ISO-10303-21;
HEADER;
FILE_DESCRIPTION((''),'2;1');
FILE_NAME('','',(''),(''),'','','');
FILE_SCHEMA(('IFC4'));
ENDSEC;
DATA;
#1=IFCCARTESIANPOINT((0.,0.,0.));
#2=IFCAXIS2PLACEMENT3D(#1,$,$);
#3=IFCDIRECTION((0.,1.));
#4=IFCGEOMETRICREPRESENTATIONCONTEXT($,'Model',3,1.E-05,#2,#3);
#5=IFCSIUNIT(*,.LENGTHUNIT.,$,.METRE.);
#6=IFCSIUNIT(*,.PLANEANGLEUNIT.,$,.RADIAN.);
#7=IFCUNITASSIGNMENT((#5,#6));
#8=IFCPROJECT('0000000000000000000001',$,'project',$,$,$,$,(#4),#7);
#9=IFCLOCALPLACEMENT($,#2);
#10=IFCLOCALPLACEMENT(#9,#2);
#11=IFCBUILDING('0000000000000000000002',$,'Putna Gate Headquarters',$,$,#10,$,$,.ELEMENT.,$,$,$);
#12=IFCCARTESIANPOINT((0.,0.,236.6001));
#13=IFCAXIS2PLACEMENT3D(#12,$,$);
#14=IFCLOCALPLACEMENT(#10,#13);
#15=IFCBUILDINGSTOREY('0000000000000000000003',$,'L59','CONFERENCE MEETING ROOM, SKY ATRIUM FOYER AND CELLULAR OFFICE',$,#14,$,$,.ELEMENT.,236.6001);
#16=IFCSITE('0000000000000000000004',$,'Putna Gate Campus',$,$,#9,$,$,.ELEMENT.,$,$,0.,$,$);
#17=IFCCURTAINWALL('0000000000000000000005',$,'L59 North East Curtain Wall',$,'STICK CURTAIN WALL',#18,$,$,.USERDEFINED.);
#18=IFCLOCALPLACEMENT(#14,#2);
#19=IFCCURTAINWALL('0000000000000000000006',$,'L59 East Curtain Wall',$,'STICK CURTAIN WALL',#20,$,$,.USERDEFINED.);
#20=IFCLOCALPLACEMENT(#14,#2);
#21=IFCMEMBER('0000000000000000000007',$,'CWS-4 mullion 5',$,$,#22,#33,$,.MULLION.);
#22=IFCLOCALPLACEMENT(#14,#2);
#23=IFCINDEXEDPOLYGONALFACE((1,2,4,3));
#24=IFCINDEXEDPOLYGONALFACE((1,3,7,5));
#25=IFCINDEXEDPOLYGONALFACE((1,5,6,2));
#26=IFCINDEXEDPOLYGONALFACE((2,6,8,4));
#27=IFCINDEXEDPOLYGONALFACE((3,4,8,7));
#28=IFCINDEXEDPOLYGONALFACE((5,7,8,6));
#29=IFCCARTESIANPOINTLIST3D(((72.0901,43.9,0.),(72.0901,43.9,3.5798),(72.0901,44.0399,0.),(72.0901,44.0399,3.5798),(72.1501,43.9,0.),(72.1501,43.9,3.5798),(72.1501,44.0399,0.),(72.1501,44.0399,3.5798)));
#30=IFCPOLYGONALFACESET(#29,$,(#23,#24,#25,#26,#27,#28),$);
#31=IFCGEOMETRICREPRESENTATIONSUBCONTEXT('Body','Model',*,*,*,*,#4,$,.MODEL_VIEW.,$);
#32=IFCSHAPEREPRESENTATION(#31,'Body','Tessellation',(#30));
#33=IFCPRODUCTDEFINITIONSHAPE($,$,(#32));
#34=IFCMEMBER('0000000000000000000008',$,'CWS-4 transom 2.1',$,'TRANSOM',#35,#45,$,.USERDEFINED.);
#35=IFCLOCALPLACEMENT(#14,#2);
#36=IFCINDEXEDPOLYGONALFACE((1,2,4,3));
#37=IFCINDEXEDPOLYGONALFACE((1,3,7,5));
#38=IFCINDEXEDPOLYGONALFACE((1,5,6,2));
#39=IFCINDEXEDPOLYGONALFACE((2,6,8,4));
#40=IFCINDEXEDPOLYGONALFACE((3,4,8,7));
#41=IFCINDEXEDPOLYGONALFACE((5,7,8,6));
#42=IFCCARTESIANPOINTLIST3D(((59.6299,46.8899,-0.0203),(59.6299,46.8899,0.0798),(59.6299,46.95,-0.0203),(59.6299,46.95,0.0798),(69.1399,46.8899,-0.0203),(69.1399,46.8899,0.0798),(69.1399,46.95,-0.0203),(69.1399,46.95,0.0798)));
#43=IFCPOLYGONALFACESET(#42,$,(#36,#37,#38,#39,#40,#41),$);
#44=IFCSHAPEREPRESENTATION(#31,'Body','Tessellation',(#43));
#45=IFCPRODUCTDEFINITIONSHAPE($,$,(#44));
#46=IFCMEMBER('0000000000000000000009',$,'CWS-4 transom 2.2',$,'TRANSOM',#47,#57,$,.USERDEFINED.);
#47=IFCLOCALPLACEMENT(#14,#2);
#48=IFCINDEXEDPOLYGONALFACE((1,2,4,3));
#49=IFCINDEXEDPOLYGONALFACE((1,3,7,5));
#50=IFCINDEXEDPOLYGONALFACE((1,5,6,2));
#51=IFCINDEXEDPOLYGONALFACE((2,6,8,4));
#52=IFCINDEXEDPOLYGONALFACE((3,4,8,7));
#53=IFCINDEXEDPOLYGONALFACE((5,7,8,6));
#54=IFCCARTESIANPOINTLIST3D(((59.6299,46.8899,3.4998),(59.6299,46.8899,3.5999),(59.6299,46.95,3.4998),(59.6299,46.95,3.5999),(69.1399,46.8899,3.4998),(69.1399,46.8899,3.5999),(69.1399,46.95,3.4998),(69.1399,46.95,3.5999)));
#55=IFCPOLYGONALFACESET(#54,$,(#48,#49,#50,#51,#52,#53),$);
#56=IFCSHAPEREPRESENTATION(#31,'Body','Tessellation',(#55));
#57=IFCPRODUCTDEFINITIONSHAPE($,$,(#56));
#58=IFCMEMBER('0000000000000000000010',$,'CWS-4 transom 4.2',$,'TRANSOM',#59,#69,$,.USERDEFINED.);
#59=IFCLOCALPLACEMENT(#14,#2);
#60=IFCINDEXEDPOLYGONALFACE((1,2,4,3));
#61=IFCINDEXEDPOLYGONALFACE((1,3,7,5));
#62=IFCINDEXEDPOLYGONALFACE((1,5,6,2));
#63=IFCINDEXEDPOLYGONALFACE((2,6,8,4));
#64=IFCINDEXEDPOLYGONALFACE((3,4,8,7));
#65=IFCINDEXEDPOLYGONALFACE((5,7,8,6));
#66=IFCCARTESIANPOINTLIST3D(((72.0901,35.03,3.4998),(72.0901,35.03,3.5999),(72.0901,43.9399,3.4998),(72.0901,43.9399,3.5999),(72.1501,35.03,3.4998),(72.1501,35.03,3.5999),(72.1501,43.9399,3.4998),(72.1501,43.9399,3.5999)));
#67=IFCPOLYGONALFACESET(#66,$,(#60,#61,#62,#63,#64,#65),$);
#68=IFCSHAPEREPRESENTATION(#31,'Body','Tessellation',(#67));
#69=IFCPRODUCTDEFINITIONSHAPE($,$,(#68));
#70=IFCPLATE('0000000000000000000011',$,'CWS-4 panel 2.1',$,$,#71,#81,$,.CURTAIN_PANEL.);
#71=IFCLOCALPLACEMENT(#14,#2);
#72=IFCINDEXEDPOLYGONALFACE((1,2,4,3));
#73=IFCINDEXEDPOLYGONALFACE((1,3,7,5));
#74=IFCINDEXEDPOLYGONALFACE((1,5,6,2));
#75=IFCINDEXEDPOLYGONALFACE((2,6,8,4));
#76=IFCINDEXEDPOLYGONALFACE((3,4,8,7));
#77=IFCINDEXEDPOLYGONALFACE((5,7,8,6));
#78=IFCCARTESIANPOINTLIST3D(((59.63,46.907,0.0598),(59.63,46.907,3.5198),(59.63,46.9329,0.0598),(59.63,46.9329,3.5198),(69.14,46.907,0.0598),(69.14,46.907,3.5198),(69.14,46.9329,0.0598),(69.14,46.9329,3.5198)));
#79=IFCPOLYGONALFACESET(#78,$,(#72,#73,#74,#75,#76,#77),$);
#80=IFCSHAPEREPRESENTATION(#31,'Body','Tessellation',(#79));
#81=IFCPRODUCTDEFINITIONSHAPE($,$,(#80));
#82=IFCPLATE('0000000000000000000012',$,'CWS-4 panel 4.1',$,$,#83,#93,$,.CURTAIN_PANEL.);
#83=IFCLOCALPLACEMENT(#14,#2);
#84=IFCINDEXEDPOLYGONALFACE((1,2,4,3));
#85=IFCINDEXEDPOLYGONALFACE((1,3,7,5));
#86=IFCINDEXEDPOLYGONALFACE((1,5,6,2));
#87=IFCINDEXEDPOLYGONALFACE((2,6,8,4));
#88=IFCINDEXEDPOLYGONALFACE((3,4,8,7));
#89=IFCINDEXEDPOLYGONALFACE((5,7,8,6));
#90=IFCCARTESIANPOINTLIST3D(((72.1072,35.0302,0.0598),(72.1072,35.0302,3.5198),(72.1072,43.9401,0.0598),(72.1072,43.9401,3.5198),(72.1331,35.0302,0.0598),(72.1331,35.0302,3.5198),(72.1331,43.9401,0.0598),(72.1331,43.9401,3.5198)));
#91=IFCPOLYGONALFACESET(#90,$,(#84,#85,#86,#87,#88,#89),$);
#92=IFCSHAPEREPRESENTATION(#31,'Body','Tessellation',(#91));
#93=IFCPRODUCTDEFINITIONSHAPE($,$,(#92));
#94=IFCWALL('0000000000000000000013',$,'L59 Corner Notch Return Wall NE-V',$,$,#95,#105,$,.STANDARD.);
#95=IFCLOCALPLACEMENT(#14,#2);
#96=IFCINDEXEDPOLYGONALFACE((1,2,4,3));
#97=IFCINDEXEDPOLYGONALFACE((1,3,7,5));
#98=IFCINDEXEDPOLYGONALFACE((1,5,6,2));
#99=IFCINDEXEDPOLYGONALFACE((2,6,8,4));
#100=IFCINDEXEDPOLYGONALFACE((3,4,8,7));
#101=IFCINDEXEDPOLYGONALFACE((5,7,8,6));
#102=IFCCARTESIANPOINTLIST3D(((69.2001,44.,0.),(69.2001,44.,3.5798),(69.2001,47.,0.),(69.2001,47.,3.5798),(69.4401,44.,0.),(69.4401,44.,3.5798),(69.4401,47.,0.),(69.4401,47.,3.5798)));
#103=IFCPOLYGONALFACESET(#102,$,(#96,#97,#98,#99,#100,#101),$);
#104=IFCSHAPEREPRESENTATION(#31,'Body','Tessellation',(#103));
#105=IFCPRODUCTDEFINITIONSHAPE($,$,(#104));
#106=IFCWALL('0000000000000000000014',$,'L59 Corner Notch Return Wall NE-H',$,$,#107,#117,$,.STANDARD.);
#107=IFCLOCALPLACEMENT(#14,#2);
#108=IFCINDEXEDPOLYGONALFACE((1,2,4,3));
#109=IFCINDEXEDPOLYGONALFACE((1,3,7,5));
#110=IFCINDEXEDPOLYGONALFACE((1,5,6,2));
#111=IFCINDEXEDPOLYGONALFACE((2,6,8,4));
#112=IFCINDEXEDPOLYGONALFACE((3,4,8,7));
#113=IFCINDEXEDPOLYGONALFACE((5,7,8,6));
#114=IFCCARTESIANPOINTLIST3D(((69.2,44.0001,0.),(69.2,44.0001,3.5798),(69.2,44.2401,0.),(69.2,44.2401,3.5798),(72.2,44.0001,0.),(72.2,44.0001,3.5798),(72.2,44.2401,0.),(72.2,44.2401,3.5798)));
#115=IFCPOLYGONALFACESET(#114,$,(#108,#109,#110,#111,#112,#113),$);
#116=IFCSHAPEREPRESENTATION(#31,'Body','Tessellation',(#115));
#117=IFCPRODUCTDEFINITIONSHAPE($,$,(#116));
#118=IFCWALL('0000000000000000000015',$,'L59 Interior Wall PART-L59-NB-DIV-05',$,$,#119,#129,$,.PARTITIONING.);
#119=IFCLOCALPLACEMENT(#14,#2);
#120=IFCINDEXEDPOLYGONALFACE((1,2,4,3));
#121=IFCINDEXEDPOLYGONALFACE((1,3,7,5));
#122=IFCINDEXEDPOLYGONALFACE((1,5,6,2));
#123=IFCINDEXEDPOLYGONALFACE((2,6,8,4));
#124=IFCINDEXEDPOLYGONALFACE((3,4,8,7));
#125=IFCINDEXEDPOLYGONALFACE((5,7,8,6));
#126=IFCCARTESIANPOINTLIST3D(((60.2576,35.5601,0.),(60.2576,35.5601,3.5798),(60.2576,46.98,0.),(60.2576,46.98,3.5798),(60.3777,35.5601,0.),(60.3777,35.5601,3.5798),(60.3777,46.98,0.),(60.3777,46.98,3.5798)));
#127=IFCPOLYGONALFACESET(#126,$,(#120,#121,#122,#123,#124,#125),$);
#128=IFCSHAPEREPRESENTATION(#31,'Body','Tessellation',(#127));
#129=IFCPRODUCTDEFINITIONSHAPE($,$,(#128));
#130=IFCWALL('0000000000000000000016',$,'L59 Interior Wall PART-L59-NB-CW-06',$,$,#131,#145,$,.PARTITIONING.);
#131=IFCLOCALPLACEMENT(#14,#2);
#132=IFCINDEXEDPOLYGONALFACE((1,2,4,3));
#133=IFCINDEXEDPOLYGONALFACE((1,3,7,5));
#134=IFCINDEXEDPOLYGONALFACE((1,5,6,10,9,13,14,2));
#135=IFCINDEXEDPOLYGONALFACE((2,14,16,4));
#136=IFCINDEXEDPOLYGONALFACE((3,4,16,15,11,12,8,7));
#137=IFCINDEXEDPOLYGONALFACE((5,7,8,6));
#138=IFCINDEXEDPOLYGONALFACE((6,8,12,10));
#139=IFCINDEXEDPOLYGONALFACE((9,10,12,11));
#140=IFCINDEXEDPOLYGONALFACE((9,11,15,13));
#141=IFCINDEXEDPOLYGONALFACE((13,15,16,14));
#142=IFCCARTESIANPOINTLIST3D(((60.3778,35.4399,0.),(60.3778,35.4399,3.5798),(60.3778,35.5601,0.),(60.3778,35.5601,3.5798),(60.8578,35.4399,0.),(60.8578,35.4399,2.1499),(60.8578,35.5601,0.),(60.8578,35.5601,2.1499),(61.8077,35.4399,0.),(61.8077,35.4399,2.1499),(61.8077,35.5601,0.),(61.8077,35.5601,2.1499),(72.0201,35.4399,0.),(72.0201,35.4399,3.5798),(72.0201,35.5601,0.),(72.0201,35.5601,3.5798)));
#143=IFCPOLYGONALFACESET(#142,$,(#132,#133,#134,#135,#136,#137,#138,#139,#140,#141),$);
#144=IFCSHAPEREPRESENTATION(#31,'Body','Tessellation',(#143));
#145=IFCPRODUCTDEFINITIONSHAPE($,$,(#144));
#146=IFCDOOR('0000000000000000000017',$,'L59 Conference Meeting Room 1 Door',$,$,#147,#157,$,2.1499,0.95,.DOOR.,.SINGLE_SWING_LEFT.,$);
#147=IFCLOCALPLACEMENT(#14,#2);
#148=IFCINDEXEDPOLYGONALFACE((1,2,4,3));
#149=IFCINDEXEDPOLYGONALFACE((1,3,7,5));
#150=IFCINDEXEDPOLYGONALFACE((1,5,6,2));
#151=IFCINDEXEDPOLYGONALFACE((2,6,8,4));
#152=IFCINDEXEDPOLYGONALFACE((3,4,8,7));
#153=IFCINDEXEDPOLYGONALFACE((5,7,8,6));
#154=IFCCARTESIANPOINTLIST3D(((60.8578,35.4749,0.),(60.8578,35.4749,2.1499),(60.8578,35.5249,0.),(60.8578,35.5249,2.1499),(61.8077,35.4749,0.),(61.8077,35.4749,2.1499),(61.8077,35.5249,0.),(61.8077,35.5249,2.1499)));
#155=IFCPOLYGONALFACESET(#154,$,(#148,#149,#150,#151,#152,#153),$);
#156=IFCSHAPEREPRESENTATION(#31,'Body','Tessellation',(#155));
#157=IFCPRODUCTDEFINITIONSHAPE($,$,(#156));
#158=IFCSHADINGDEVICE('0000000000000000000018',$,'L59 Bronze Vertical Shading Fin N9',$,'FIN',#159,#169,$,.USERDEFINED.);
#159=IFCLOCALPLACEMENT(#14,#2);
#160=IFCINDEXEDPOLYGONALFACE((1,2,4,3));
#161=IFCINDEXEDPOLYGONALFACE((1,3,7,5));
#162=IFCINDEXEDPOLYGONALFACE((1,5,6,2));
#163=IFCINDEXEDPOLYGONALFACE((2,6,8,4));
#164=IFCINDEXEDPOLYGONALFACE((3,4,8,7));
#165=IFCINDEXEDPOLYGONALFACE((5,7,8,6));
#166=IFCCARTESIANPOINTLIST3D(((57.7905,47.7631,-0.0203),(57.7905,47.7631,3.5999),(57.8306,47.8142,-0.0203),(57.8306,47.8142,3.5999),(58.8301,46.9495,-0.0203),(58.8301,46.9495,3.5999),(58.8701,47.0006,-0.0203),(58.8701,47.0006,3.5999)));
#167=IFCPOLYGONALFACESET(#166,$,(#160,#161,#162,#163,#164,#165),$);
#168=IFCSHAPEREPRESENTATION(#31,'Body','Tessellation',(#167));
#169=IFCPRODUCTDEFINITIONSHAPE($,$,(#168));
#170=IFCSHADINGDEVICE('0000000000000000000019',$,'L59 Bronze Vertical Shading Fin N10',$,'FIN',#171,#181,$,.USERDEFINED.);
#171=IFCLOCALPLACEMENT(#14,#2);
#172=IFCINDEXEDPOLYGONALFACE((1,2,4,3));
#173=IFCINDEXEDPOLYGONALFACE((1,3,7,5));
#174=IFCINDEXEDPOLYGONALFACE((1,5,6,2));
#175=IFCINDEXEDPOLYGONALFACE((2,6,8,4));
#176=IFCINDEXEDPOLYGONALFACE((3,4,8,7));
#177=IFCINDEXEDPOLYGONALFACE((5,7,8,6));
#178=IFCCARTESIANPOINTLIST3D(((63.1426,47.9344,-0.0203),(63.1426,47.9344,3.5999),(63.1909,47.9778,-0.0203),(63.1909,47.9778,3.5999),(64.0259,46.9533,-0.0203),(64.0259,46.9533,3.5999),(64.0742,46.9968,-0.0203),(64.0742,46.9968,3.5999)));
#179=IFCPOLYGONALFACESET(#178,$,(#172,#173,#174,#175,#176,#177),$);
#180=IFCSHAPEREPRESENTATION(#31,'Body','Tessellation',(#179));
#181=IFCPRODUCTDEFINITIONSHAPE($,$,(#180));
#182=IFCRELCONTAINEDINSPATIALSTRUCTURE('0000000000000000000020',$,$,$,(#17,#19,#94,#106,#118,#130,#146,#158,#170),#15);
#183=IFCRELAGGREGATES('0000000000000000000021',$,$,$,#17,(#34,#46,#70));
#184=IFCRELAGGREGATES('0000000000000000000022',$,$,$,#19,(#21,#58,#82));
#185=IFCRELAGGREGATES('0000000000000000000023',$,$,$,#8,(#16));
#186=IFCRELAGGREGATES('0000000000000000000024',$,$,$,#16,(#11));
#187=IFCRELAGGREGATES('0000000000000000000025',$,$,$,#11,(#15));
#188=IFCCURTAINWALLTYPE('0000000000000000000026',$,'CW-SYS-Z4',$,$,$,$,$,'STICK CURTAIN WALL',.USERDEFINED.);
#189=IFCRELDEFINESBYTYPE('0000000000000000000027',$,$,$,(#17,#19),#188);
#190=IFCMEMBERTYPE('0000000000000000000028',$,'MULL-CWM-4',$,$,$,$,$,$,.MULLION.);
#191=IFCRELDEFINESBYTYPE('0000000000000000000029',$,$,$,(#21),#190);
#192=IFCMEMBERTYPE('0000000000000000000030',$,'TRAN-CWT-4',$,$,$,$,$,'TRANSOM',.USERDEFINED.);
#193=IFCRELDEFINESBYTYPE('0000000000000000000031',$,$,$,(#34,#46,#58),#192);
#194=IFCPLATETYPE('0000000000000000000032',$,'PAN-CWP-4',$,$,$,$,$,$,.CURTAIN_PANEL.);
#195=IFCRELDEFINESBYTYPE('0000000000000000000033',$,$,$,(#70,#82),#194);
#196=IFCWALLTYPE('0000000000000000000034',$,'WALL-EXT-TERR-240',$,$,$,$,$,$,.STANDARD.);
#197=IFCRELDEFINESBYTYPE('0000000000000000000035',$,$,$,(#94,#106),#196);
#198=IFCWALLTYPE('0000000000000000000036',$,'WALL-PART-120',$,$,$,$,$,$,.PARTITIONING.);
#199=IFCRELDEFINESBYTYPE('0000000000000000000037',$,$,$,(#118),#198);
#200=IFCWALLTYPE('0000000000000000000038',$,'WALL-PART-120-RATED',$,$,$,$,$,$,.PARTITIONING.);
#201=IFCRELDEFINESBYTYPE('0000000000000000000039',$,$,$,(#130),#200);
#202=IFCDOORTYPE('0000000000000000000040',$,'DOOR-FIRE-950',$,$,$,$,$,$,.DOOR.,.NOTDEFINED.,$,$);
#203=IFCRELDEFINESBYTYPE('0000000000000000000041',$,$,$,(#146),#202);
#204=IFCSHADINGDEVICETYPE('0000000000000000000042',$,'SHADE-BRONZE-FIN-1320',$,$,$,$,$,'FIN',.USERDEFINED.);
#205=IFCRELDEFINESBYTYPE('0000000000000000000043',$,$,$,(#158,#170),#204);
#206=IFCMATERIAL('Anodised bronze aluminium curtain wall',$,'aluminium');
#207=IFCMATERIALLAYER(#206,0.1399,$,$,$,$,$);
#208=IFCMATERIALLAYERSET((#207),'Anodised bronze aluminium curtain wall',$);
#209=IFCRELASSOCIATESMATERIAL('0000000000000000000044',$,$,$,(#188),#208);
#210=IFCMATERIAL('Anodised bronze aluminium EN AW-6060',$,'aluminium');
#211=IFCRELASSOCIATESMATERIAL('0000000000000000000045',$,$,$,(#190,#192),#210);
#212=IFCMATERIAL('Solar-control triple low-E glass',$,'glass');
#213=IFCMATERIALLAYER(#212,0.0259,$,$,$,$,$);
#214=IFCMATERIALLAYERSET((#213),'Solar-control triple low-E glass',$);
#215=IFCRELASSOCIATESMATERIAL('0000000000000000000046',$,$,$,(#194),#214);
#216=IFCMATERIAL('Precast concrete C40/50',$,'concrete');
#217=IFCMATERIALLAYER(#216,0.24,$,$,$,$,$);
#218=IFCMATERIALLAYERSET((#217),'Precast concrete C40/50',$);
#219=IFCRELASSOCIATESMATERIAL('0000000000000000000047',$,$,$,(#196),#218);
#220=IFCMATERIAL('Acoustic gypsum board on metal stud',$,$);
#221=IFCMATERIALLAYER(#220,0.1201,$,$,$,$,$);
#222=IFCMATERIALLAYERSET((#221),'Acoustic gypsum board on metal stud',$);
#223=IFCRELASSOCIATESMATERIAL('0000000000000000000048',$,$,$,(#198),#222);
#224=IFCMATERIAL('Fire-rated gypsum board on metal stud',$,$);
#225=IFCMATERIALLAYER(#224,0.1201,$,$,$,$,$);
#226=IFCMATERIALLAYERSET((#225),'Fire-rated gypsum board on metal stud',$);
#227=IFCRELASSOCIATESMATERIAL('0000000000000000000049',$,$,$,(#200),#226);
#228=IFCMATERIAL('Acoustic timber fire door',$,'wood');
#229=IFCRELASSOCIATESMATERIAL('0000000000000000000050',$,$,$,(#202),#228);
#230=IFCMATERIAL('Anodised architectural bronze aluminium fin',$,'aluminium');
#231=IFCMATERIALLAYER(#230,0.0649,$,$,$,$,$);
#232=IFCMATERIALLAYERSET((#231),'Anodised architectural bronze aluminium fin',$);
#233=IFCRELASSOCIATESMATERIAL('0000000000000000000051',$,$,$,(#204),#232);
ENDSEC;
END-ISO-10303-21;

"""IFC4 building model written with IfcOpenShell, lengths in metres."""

from ifc_helpers import new_model, si_unit, direction, frame, frame_2d, origin, origin_2d, place, context, subcontext, project, spatial, rectangle, extrude, material, layer, layer_set, material_profile, profile_set, type_object, element, fill, aggregate, save


model = new_model("IFC4")

# Units and contexts
model_context = context("Model", 3, precision=1e-05, world=origin(), true_north=direction((0.0, 1.0)))
body_context = subcontext(model_context, "Body", "Model", "MODEL_VIEW")
ifc_project = project(units=[si_unit("LENGTHUNIT", "METRE"), si_unit("PLANEANGLEUNIT", "RADIAN")], contexts=[model_context])

# Site, building, storey
site_placement = place(None, origin())
site = spatial("IfcSite", under=ifc_project, at=site_placement, Name="Putna Gate Campus", CompositionType="ELEMENT", RefElevation=0.0)
building_placement = place(site_placement, origin())
building = spatial("IfcBuilding", under=site, at=building_placement, Name="Putna Gate Headquarters", CompositionType="ELEMENT")
storey_placement = place(building_placement, frame((0.0, 0.0, 236.6001)))
storey = spatial("IfcBuildingStorey", under=building, at=storey_placement, Name="L59", Description="CONFERENCE MEETING ROOM, SKY ATRIUM FOYER AND CELLULAR OFFICE", CompositionType="ELEMENT", Elevation=236.6001)

# Curtain wall
ifc_material_1 = material(Name="Anodised bronze aluminium curtain wall", Category="aluminium")
ifc_layer_1 = layer(ifc_material_1, 0.1399)
ifc_layer_set_1 = layer_set([ifc_layer_1], Name="Anodised bronze aluminium curtain wall")
curtain_wall_type = type_object("IfcCurtainWallType", Name="CW-SYS-Z4", ElementType="STICK CURTAIN WALL", PredefinedType="USERDEFINED", material=ifc_layer_set_1)
curtain_wall_1_placement = place(storey_placement, origin())
curtain_wall_1 = element("IfcCurtainWall", 1, at=curtain_wall_1_placement, inside=storey, type_object=curtain_wall_type, Name="L59 North East Curtain Wall", ObjectType="STICK CURTAIN WALL", PredefinedType="USERDEFINED")
ifc_material_2 = material(Name="Anodised bronze aluminium EN AW-6060", Category="aluminium")
ifc_material_profile_1 = material_profile(ifc_material_2, rectangle(XDim=0.0601, YDim=0.1399, at=origin_2d()), Name="Anodised bronze aluminium EN AW-6060")
ifc_profile_set_1 = profile_set([ifc_material_profile_1], Name="Anodised bronze aluminium EN AW-6060")
member_type_1 = type_object("IfcMemberType", Name="MULL-CWM-4", PredefinedType="MULLION", material=ifc_profile_set_1)

# Curtain wall, member
curtain_wall_2_placement = place(storey_placement, origin())
curtain_wall_2 = element("IfcCurtainWall", 2, at=curtain_wall_2_placement, inside=storey, type_object=curtain_wall_type, Name="L59 East Curtain Wall", ObjectType="STICK CURTAIN WALL", PredefinedType="USERDEFINED")
member_1_placement = place(storey_placement, frame((72.1201, 43.97, 0.0), z_axis=(0.0, 0.0, 1.0), x_axis=(-1.0, 0.0, 0.0)))
member_1 = element("IfcMember", 3, at=member_1_placement, type_object=member_type_1, Name="CWS-4 mullion 5", PredefinedType="MULLION", context=body_context, shape_type="SweptSolid", body=[
    extrude(rectangle(XDim=0.0601, YDim=0.1399, at=origin_2d()), origin(), (0.0, 0.0, 1.0), 3.5798),
])

# Members
ifc_material_profile_2 = material_profile(ifc_material_2, rectangle(XDim=0.0601, YDim=0.1001, at=origin_2d()), Name="Anodised bronze aluminium EN AW-6060")
ifc_profile_set_2 = profile_set([ifc_material_profile_2], Name="Anodised bronze aluminium EN AW-6060")
member_type_2 = type_object("IfcMemberType", Name="TRAN-CWT-4", ElementType="TRANSOM", PredefinedType="USERDEFINED", material=ifc_profile_set_2)
member_2_placement = place(storey_placement, frame((59.6299, 46.9199, 0.0298), z_axis=(1.0, 0.0, 0.0), x_axis=(0.0, 1.0, 0.0)))
member_2 = element("IfcMember", 4, at=member_2_placement, type_object=member_type_2, Name="CWS-4 transom 2.1", ObjectType="TRANSOM", PredefinedType="USERDEFINED", context=body_context, shape_type="SweptSolid", body=[
    extrude(rectangle(XDim=0.0601, YDim=0.1001, at=origin_2d()), origin(), (0.0, 0.0, 1.0), 9.51),
])
member_3_placement = place(storey_placement, frame((59.6299, 46.9199, 3.5498), z_axis=(1.0, 0.0, 0.0), x_axis=(0.0, 1.0, 0.0)))
member_3 = element("IfcMember", 5, at=member_3_placement, type_object=member_type_2, Name="CWS-4 transom 2.2", ObjectType="TRANSOM", PredefinedType="USERDEFINED", context=body_context, shape_type="SweptSolid", body=[
    extrude(rectangle(XDim=0.0601, YDim=0.1001, at=origin_2d()), origin(), (0.0, 0.0, 1.0), 9.51),
])
member_4_placement = place(storey_placement, frame((72.1201, 35.03, 3.5498), z_axis=(0.0, 1.0, 0.0), x_axis=(-1.0, 0.0, 0.0)))
member_4 = element("IfcMember", 6, at=member_4_placement, type_object=member_type_2, Name="CWS-4 transom 4.2", ObjectType="TRANSOM", PredefinedType="USERDEFINED", context=body_context, shape_type="SweptSolid", body=[
    extrude(rectangle(XDim=0.0601, YDim=0.1001, at=origin_2d()), origin(), (0.0, 0.0, 1.0), 8.9099),
])

# Plates
ifc_material_3 = material(Name="Solar-control triple low-E glass", Category="glass")
ifc_layer_2 = layer(ifc_material_3, 0.0259)
ifc_layer_set_2 = layer_set([ifc_layer_2], Name="Solar-control triple low-E glass")
plate_type = type_object("IfcPlateType", Name="PAN-CWP-4", PredefinedType="CURTAIN_PANEL", material=ifc_layer_set_2)
plate_1_placement = place(storey_placement, frame((64.385, 46.9199, 0.0598), z_axis=(0.0, 0.0, 1.0), x_axis=(1.0, 0.0, 0.0)))
plate_1 = element("IfcPlate", 7, at=plate_1_placement, type_object=plate_type, Name="CWS-4 panel 2.1", PredefinedType="CURTAIN_PANEL", context=body_context, shape_type="SweptSolid", body=[
    extrude(rectangle(XDim=9.51, YDim=0.0259, at=origin_2d()), origin(), (0.0, 0.0, 1.0), 3.46),
])
aggregate(curtain_wall_1, [member_2, member_3, plate_1])
plate_2_placement = place(storey_placement, frame((72.1201, 39.4851, 0.0598), z_axis=(0.0, 0.0, 1.0), x_axis=(0.0, 1.0, 0.0)))
plate_2 = element("IfcPlate", 8, at=plate_2_placement, type_object=plate_type, Name="CWS-4 panel 4.1", PredefinedType="CURTAIN_PANEL", context=body_context, shape_type="SweptSolid", body=[
    extrude(rectangle(XDim=8.9099, YDim=0.0259, at=origin_2d()), origin(), (0.0, 0.0, 1.0), 3.46),
])
aggregate(curtain_wall_2, [member_1, member_4, plate_2])

# Walls
ifc_material_4 = material(Name="Precast concrete C40/50", Category="concrete")
ifc_layer_3 = layer(ifc_material_4, 0.24)
ifc_layer_set_3 = layer_set([ifc_layer_3], Name="Precast concrete C40/50")
wall_type_1 = type_object("IfcWallType", Name="WALL-EXT-TERR-240", PredefinedType="STANDARD", material=ifc_layer_set_3)
for number, where, z_axis, x_axis, name in (
    (9, (69.3201, 47.0, 0.0), (0.0, 0.0, 1.0), (0.0, -1.0, 0.0), "L59 Corner Notch Return Wall NE-V"),
    (10, (69.2, 44.1201, 0.0), (0.0, 0.0, 1.0), (1.0, 0.0, 0.0), "L59 Corner Notch Return Wall NE-H"),
):
    element("IfcWall", number, at=place(storey_placement, frame(where, z_axis=z_axis, x_axis=x_axis)), inside=storey, type_object=wall_type_1, Name=name, PredefinedType="STANDARD", context=body_context, shape_type="SweptSolid", body=[
        extrude(rectangle(XDim=3.0, YDim=0.24, at=frame_2d((1.5, 0.0))), origin(), (0.0, 0.0, 1.0), 3.5798),
    ])
ifc_material_5 = material(Name="Acoustic gypsum board on metal stud")
ifc_layer_4 = layer(ifc_material_5, 0.1201)
ifc_layer_set_4 = layer_set([ifc_layer_4], Name="Acoustic gypsum board on metal stud")
wall_type_2 = type_object("IfcWallType", Name="WALL-PART-120", PredefinedType="PARTITIONING", material=ifc_layer_set_4)
wall_1_placement = place(storey_placement, frame((60.3176, 35.5601, 0.0), z_axis=(0.0, 0.0, 1.0), x_axis=(0.0, 1.0, 0.0)))
element("IfcWall", 11, at=wall_1_placement, inside=storey, type_object=wall_type_2, Name="L59 Interior Wall PART-L59-NB-DIV-05", PredefinedType="PARTITIONING", context=body_context, shape_type="SweptSolid", body=[
    extrude(rectangle(XDim=11.4199, YDim=0.1201, at=frame_2d((5.71, 0.0))), origin(), (0.0, 0.0, 1.0), 3.5798),
])

# Wall, opening, door
ifc_material_6 = material(Name="Fire-rated gypsum board on metal stud")
ifc_layer_5 = layer(ifc_material_6, 0.1201)
ifc_layer_set_5 = layer_set([ifc_layer_5], Name="Fire-rated gypsum board on metal stud")
wall_type_3 = type_object("IfcWallType", Name="WALL-PART-120-RATED", PredefinedType="PARTITIONING", material=ifc_layer_set_5)
wall_2_placement = place(storey_placement, frame((60.3777, 35.5, 0.0), z_axis=(0.0, 0.0, 1.0), x_axis=(1.0, 0.0, 0.0)))
wall_2 = element("IfcWall", 12, at=wall_2_placement, inside=storey, type_object=wall_type_3, Name="L59 Interior Wall PART-L59-NB-CW-06", PredefinedType="PARTITIONING", context=body_context, shape_type="SweptSolid", body=[
    extrude(rectangle(XDim=11.6423, YDim=0.1201, at=frame_2d((5.8213, 0.0))), origin(), (0.0, 0.0, 1.0), 3.5798),
])
opening_placement = place(wall_2_placement, frame((0.48, 0.0, 0.0)))
opening = element("IfcOpeningElement", 13, at=opening_placement, cuts=wall_2, PredefinedType="OPENING", context=body_context, shape_type="SweptSolid", body=[
    extrude(rectangle(XDim=0.95, YDim=2.1499, at=frame_2d((0.4751, 1.075))), frame((0.0, 0.0701, 0.0), z_axis=(0.0, -1.0, 0.0), x_axis=(1.0, 0.0, 0.0)), (0.0, 0.0, 1.0), 0.1401),
])
ifc_material_7 = material(Name="Acoustic timber fire door", Category="wood")
door_type = type_object("IfcDoorType", Name="DOOR-FIRE-950", OperationType="NOTDEFINED", PredefinedType="DOOR", material=ifc_material_7)
door_placement = place(opening_placement, origin())
door = element("IfcDoor", 14, at=door_placement, inside=storey, type_object=door_type, Name="L59 Conference Meeting Room 1 Door", OperationType="SINGLE_SWING_LEFT", OverallHeight=2.1499, OverallWidth=0.95, PredefinedType="DOOR", context=body_context, shape_type="SweptSolid", body=[
    extrude(rectangle(XDim=0.95, YDim=2.1499, at=frame_2d((0.4751, 1.075))), frame((0.0, 0.0249, 0.0), z_axis=(0.0, -1.0, 0.0), x_axis=(1.0, 0.0, 0.0)), (0.0, 0.0, 1.0), 0.05),
])
fill(opening, door)

# Shading devices
ifc_material_8 = material(Name="Anodised architectural bronze aluminium fin", Category="aluminium")
ifc_layer_6 = layer(ifc_material_8, 0.0649)
ifc_layer_set_6 = layer_set([ifc_layer_6], Name="Anodised architectural bronze aluminium fin")
shading_device_type = type_object("IfcShadingDeviceType", Name="SHADE-BRONZE-FIN-1320", ElementType="FIN", PredefinedType="USERDEFINED", material=ifc_layer_set_6)
for number, where, z_axis, x_axis, name in (
    (15, (58.3303, 47.3818, -0.0203), (0.0, 0.0, 1.0), (-0.787473, 0.616349, 0.0), "L59 Bronze Vertical Shading Fin N9"),
    (16, (63.6084, 47.4656, -0.0203), (0.0, 0.0, 1.0), (-0.669131, 0.743145, 0.0), "L59 Bronze Vertical Shading Fin N10"),
):
    element("IfcShadingDevice", number, at=place(storey_placement, frame(where, z_axis=z_axis, x_axis=x_axis)), inside=storey, type_object=shading_device_type, Name=name, ObjectType="FIN", PredefinedType="USERDEFINED", context=body_context, shape_type="SweptSolid", body=[
        extrude(rectangle(XDim=1.3201, YDim=0.0649, at=origin_2d()), origin(), (0.0, 0.0, 1.0), 3.6201),
    ])

save(model, "model.ifc")
